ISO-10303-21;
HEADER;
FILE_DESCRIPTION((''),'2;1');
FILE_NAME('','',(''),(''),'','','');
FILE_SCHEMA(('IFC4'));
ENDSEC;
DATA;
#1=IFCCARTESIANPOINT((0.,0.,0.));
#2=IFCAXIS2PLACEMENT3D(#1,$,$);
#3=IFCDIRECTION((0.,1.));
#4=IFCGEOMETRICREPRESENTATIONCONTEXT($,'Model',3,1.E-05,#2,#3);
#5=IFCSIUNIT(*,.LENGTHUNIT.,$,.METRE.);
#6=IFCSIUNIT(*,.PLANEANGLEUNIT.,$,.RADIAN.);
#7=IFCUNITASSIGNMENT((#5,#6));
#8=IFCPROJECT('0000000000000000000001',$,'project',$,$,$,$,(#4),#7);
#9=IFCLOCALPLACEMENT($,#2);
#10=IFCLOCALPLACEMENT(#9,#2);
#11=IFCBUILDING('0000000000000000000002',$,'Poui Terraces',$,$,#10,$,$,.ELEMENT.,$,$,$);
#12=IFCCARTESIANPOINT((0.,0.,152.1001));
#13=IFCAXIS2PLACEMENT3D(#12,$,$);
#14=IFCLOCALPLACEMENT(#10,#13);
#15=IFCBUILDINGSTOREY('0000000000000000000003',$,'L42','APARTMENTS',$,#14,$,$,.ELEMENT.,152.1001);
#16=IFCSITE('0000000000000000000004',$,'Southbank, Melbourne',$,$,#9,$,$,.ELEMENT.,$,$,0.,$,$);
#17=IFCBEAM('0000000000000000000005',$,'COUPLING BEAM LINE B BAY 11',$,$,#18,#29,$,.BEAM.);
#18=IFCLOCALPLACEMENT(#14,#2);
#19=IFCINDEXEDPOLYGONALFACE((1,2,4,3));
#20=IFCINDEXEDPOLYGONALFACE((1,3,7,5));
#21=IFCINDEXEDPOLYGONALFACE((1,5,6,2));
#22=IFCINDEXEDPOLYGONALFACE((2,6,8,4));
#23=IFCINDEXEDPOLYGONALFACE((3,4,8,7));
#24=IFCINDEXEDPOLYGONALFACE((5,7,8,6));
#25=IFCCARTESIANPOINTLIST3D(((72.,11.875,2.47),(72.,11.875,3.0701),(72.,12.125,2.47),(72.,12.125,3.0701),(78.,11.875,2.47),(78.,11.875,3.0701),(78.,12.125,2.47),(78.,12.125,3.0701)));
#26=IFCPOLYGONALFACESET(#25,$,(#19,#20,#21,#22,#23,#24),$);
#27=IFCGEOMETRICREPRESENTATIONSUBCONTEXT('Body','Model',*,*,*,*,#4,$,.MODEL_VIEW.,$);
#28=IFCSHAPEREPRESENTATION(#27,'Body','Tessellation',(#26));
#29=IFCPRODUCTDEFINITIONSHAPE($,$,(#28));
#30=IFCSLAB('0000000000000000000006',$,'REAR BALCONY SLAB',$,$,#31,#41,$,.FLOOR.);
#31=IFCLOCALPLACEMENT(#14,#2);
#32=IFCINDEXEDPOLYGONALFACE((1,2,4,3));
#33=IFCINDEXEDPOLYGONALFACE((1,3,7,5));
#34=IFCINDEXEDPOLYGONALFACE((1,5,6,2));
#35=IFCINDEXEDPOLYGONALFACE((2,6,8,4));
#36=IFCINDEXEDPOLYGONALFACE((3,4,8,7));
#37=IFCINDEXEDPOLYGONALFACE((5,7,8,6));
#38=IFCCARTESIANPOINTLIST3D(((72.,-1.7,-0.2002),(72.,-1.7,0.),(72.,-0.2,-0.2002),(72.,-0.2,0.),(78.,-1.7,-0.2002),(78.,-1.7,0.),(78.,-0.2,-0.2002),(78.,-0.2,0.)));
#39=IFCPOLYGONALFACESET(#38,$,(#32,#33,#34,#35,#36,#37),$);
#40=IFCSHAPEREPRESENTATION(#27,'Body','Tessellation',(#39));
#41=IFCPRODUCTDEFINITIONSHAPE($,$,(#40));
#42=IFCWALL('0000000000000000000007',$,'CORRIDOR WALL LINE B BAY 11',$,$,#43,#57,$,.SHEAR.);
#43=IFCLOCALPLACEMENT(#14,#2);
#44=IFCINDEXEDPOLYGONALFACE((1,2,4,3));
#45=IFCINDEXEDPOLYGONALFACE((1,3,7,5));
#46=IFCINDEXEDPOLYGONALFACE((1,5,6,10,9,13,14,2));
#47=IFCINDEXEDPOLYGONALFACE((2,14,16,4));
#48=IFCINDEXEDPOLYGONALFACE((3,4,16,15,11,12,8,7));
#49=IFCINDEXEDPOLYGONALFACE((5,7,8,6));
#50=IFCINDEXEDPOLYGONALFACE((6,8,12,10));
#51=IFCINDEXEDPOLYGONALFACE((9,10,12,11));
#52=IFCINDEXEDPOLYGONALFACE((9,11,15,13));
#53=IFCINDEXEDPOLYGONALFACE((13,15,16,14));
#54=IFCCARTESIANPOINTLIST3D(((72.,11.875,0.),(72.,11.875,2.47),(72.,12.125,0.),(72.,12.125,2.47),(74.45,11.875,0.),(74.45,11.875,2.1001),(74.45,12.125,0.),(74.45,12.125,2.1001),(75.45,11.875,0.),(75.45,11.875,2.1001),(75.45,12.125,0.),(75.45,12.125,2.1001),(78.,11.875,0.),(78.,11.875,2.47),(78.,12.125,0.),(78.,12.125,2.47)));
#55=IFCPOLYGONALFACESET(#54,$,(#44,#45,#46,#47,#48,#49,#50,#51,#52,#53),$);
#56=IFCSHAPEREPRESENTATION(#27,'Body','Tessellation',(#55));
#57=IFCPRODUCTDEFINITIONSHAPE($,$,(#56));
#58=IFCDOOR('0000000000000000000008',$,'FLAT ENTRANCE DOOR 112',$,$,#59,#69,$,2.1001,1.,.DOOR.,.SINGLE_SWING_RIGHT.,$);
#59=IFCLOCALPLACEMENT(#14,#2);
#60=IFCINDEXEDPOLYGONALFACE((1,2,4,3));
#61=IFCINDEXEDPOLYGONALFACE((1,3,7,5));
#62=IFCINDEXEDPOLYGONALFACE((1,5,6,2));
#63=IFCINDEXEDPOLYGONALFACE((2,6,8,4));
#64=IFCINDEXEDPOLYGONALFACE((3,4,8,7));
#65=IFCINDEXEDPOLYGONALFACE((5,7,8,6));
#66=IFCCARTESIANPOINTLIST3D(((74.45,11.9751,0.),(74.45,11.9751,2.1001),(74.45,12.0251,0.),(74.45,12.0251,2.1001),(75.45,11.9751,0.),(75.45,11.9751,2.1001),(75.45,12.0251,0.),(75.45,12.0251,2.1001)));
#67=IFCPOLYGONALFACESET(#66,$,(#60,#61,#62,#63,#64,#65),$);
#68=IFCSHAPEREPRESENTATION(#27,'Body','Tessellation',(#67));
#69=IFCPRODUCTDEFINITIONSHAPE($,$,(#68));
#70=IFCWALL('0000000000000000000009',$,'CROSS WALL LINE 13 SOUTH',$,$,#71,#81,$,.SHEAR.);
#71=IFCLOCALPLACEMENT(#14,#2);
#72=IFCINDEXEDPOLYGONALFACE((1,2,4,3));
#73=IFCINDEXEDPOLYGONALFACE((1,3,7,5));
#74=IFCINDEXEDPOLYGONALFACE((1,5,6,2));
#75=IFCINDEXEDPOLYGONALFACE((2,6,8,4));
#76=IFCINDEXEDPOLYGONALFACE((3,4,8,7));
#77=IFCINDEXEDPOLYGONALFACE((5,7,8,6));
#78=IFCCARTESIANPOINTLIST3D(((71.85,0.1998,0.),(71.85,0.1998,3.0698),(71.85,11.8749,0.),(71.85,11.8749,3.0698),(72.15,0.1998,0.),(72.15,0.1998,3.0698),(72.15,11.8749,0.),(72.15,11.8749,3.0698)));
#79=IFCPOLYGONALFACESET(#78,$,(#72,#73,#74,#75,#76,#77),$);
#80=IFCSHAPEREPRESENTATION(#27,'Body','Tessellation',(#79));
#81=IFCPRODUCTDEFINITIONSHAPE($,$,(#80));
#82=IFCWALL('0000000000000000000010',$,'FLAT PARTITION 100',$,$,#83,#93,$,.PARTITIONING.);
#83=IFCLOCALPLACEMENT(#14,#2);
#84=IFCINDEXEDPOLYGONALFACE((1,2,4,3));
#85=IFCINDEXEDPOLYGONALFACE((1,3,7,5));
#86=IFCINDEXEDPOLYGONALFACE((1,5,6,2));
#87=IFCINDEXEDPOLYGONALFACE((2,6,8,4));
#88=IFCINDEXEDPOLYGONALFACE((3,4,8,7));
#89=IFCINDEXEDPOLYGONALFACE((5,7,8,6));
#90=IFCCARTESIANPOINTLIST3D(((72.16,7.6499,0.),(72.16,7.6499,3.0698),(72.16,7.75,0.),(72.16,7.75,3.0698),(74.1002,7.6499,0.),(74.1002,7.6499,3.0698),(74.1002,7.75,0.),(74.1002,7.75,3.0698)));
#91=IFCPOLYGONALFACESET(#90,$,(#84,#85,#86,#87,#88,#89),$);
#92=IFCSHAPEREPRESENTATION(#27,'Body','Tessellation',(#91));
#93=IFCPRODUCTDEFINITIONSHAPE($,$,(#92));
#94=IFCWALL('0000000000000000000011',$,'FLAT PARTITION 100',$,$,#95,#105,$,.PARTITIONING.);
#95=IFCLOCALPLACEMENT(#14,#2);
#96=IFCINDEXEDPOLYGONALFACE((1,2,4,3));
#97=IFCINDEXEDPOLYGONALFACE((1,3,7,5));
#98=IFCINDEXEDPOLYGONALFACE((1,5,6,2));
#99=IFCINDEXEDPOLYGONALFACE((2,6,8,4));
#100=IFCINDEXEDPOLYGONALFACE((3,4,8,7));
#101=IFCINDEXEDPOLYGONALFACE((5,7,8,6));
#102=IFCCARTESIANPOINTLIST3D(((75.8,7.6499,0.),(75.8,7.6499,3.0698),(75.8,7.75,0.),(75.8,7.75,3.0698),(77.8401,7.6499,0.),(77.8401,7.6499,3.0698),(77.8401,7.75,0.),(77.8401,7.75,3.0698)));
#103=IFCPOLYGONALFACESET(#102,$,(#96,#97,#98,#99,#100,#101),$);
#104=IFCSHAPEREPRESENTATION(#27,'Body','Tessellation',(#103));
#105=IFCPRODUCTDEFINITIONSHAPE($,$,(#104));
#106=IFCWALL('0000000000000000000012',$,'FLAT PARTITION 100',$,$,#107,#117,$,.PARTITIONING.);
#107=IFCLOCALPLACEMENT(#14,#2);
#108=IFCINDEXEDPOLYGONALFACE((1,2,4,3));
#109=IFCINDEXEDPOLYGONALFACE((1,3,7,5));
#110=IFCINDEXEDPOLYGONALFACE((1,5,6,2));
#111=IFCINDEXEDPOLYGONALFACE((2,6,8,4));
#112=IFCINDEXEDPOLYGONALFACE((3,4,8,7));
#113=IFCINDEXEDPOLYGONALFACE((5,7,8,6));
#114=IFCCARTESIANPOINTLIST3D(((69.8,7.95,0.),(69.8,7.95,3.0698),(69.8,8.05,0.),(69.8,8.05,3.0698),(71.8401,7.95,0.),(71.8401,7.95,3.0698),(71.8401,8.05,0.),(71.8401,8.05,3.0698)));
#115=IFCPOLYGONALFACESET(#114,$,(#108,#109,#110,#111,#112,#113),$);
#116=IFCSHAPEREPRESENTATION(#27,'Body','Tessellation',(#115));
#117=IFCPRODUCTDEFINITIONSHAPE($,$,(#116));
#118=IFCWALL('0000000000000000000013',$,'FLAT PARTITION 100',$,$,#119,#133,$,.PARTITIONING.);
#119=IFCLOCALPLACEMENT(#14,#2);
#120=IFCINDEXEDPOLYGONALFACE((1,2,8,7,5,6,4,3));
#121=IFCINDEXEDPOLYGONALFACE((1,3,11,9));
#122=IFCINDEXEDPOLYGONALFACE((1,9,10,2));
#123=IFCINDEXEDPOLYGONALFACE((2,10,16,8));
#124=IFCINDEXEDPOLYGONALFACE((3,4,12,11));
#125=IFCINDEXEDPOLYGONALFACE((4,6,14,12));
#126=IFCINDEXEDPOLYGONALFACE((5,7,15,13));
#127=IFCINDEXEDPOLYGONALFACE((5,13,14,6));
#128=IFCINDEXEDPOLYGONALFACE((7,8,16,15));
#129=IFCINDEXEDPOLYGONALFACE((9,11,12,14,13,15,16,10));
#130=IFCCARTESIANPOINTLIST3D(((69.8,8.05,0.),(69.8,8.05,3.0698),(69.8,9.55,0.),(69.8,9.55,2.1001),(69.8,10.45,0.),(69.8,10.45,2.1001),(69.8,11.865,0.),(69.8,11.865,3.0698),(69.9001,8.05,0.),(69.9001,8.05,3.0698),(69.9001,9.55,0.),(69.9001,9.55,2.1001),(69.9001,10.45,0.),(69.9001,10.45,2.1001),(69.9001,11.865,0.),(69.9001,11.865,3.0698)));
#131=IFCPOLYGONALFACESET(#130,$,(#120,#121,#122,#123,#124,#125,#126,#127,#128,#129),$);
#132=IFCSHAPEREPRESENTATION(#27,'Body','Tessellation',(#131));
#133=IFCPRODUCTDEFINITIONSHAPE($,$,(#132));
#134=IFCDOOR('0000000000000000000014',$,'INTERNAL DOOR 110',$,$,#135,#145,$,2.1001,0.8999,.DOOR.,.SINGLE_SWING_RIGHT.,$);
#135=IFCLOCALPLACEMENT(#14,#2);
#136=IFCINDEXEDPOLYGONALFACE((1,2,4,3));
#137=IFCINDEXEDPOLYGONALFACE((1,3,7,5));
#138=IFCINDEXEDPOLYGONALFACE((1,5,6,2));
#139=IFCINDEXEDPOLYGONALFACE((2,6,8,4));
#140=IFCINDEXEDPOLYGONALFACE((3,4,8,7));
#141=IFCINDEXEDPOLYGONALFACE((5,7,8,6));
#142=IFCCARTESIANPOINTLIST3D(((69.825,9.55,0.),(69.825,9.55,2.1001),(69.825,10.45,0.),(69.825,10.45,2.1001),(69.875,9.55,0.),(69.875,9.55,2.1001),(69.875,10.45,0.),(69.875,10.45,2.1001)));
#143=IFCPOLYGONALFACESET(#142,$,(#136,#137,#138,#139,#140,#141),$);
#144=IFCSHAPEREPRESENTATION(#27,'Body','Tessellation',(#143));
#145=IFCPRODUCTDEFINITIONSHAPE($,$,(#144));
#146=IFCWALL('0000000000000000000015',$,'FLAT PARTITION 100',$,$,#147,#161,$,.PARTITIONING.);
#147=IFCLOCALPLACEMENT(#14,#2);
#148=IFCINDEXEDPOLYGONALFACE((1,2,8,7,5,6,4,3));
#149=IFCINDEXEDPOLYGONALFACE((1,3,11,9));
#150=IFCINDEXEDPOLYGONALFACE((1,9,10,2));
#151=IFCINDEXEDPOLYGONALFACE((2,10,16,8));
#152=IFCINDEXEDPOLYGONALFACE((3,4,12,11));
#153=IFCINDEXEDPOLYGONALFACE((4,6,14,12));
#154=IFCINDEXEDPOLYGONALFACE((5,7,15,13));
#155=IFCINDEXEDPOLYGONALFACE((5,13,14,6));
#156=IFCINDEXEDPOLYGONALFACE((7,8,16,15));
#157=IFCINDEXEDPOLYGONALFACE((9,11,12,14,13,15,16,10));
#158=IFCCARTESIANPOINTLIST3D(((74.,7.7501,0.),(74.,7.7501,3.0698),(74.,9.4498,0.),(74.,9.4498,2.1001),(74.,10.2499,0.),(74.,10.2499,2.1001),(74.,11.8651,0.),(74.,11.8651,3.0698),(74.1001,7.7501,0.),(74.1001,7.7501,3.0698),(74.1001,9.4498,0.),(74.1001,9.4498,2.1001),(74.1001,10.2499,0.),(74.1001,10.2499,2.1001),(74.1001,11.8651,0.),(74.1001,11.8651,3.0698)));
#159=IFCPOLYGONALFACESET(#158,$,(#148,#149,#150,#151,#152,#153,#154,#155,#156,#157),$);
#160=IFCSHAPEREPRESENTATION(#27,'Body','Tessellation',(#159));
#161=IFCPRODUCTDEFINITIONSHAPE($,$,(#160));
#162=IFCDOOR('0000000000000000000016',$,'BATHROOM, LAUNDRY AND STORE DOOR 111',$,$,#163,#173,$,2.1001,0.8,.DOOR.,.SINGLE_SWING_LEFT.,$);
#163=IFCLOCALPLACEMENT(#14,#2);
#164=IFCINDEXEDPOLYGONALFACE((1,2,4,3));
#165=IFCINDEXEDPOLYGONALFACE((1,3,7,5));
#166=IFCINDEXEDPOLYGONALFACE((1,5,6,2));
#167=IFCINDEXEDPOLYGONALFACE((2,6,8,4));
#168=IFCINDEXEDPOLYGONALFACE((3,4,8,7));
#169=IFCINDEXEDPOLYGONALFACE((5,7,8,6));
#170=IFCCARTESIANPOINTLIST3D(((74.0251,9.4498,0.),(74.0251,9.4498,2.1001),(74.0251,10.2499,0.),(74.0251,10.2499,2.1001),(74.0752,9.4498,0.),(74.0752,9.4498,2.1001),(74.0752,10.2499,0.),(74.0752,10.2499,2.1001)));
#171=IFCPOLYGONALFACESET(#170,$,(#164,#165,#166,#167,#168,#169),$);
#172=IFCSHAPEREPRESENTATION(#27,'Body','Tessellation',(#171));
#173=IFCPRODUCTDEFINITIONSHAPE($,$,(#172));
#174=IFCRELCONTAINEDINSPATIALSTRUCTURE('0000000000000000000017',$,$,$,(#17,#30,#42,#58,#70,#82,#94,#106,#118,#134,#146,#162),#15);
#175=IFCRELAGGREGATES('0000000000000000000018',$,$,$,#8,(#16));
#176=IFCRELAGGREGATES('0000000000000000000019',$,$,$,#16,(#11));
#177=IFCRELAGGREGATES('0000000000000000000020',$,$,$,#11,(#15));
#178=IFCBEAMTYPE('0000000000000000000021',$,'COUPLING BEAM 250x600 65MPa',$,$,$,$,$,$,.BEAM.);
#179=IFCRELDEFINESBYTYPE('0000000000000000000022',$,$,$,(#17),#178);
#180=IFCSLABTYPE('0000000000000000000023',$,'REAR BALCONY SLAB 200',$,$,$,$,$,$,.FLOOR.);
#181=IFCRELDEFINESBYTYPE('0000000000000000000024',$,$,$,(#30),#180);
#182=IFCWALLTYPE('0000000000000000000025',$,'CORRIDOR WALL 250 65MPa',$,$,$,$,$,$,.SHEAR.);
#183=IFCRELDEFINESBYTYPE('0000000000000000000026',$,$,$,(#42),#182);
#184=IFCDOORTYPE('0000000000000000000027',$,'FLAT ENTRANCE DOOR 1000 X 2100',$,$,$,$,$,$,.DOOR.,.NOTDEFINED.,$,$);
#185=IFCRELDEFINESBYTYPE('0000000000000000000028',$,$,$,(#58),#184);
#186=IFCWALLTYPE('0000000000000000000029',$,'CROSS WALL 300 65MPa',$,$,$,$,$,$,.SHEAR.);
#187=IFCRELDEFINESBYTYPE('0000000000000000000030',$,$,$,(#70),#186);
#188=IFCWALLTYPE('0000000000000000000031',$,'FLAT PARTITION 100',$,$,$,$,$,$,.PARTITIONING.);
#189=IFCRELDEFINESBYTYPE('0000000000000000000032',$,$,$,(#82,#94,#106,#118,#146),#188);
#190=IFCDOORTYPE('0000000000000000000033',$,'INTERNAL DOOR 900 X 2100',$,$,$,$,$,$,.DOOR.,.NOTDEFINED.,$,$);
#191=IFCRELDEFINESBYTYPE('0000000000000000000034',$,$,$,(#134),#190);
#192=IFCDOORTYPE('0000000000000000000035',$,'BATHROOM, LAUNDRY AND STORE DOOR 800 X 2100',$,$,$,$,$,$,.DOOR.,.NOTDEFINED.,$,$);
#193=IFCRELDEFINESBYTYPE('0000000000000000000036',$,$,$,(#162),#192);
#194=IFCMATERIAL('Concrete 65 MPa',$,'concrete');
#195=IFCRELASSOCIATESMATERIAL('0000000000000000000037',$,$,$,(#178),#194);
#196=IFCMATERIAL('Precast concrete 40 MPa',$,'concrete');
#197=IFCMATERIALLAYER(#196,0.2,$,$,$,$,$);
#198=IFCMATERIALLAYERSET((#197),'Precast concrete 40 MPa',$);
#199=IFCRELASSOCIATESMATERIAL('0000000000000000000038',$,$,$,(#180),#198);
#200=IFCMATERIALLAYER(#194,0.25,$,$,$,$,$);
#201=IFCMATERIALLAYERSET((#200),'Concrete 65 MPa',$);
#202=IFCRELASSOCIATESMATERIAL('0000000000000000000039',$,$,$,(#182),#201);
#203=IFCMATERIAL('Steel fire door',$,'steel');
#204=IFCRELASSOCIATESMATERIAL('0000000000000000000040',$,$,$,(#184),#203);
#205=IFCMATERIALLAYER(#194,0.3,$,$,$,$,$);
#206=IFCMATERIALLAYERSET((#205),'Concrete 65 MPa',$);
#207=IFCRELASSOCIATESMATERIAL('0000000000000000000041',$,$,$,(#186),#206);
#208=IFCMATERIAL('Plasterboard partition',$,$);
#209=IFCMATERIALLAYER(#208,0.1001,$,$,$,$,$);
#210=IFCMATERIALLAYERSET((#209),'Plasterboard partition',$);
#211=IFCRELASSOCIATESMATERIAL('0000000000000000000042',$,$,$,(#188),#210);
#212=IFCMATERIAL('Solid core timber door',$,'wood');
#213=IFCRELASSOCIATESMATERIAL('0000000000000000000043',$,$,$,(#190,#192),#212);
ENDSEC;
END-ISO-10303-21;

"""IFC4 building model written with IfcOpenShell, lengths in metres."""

from ifc_helpers import new_model, si_unit, direction, frame, frame_2d, origin, origin_2d, place, context, subcontext, project, spatial, polyline, rectangle, outline, extrude, source, transform, mapped, material, layer, layer_set, material_profile, profile_set, type_object, element, fill, save


model = new_model("IFC4")

# Units and contexts
model_context = context("Model", 3, precision=1e-05, world=origin(), true_north=direction((0.0, 1.0)))
body_context = subcontext(model_context, "Body", "Model", "MODEL_VIEW")
ifc_project = project(units=[si_unit("LENGTHUNIT", "METRE"), si_unit("PLANEANGLEUNIT", "RADIAN")], contexts=[model_context])

# Site, building, storey
site_placement = place(None, origin())
site = spatial("IfcSite", under=ifc_project, at=site_placement, Name="Southbank, Melbourne", CompositionType="ELEMENT", RefElevation=0.0)
building_placement = place(site_placement, origin())
building = spatial("IfcBuilding", under=site, at=building_placement, Name="Poui Terraces", CompositionType="ELEMENT")
storey_placement = place(building_placement, frame((0.0, 0.0, 152.1001)))
storey = spatial("IfcBuildingStorey", under=building, at=storey_placement, Name="L42", Description="APARTMENTS", CompositionType="ELEMENT", Elevation=152.1001)

# Beam
ifc_material_1 = material(Name="Concrete 65 MPa", Category="concrete")
ifc_material_profile_1 = material_profile(ifc_material_1, rectangle(XDim=0.25, YDim=0.6001, at=origin_2d()), Name="RC 250x600")
ifc_profile_set_1 = profile_set([ifc_material_profile_1], Name="Concrete 65 MPa")
beam_type = type_object("IfcBeamType", Name="COUPLING BEAM 250x600 65MPa", PredefinedType="BEAM", material=ifc_profile_set_1)
shared_shape_1 = source(origin(), body_context, "Body", "SweptSolid", [
    extrude(rectangle(XDim=0.25, YDim=0.6001, at=origin_2d()), origin(), (0.0, 0.0, 1.0), 6.0),
])
beam_placement = place(storey_placement, frame((72.0, 12.0, 2.77), z_axis=(1.0, 0.0, 0.0), x_axis=(0.0, 1.0, 0.0)))
element("IfcBeam", 1, at=beam_placement, inside=storey, type_object=beam_type, Name="COUPLING BEAM LINE B BAY 11", PredefinedType="BEAM", context=body_context, shape_type="MappedRepresentation", body=[
    mapped(shared_shape_1, transform((0.0, 0.0, 0.0))),
])

# Slab
ifc_material_2 = material(Name="Precast concrete 40 MPa", Category="concrete")
ifc_layer_1 = layer(ifc_material_2, 0.2)
ifc_layer_set_1 = layer_set([ifc_layer_1], Name="Precast concrete 40 MPa")
slab_type = type_object("IfcSlabType", Name="REAR BALCONY SLAB 200", PredefinedType="FLOOR", material=ifc_layer_set_1)
shared_shape_2 = source(origin(), body_context, "Body", "SweptSolid", [
    extrude(outline(polyline([(0.0, 0.0), (6.0, 0.0), (6.0, 1.5), (0.0, 1.5), (0.0, 0.0)])), origin(), (0.0, 0.0, 1.0), 0.2002),
])
slab_placement = place(storey_placement, frame((72.0, -1.7, -0.2002)))
element("IfcSlab", 2, at=slab_placement, inside=storey, type_object=slab_type, Name="REAR BALCONY SLAB", PredefinedType="FLOOR", context=body_context, shape_type="MappedRepresentation", body=[
    mapped(shared_shape_2, transform((0.0, 0.0, 0.0))),
])

# Wall, opening, door
ifc_layer_2 = layer(ifc_material_1, 0.25)
ifc_layer_set_2 = layer_set([ifc_layer_2], Name="Concrete 65 MPa")
wall_type_1 = type_object("IfcWallType", Name="CORRIDOR WALL 250 65MPa", PredefinedType="SHEAR", material=ifc_layer_set_2)
wall_1_placement = place(storey_placement, frame((72.0, 12.0, 0.0), z_axis=(0.0, 0.0, 1.0), x_axis=(1.0, 0.0, 0.0)))
wall_1 = element("IfcWall", 3, at=wall_1_placement, inside=storey, type_object=wall_type_1, Name="CORRIDOR WALL LINE B BAY 11", PredefinedType="SHEAR", context=body_context, shape_type="SweptSolid", body=[
    extrude(rectangle(XDim=6.0, YDim=0.25, at=frame_2d((3.0, 0.0))), origin(), (0.0, 0.0, 1.0), 2.47),
])
opening_1_placement = place(wall_1_placement, frame((2.45, 0.0, 0.0)))
opening_1 = element("IfcOpeningElement", 4, at=opening_1_placement, cuts=wall_1, PredefinedType="OPENING", context=body_context, shape_type="SweptSolid", body=[
    extrude(rectangle(XDim=1.0, YDim=2.1001, at=frame_2d((0.5, 1.05))), frame((0.0, 0.135, 0.0), z_axis=(0.0, -1.0, 0.0), x_axis=(1.0, 0.0, 0.0)), (0.0, 0.0, 1.0), 0.27),
])
ifc_material_3 = material(Name="Steel fire door", Category="steel")
door_type_1 = type_object("IfcDoorType", Name="FLAT ENTRANCE DOOR 1000 X 2100", OperationType="NOTDEFINED", PredefinedType="DOOR", material=ifc_material_3)
door_1_placement = place(opening_1_placement, frame((1.0, 0.0, 0.0), z_axis=(0.0, 0.0, 1.0), x_axis=(-1.0, 0.0, 0.0)))
door_1 = element("IfcDoor", 5, at=door_1_placement, inside=storey, type_object=door_type_1, Name="FLAT ENTRANCE DOOR 112", OperationType="SINGLE_SWING_RIGHT", OverallHeight=2.1001, OverallWidth=1.0, PredefinedType="DOOR", context=body_context, shape_type="SweptSolid", body=[
    extrude(rectangle(XDim=1.0, YDim=2.1001, at=frame_2d((0.5, 1.05))), frame((0.0, 0.0249, 0.0), z_axis=(0.0, -1.0, 0.0), x_axis=(1.0, 0.0, 0.0)), (0.0, 0.0, 1.0), 0.05),
])
fill(opening_1, door_1)

# Walls
ifc_layer_3 = layer(ifc_material_1, 0.3)
ifc_layer_set_3 = layer_set([ifc_layer_3], Name="Concrete 65 MPa")
wall_type_2 = type_object("IfcWallType", Name="CROSS WALL 300 65MPa", PredefinedType="SHEAR", material=ifc_layer_set_3)
wall_2_placement = place(storey_placement, frame((72.0, 0.2, 0.0), z_axis=(0.0, 0.0, 1.0), x_axis=(0.0, 1.0, 0.0)))
element("IfcWall", 6, at=wall_2_placement, inside=storey, type_object=wall_type_2, Name="CROSS WALL LINE 13 SOUTH", PredefinedType="SHEAR", context=body_context, shape_type="SweptSolid", body=[
    extrude(rectangle(XDim=11.675, YDim=0.3, at=frame_2d((5.8374, 0.0))), origin(), (0.0, 0.0, 1.0), 3.0698),
])
ifc_material_4 = material(Name="Plasterboard partition")
ifc_layer_4 = layer(ifc_material_4, 0.1001)
ifc_layer_set_4 = layer_set([ifc_layer_4], Name="Plasterboard partition")
wall_type_3 = type_object("IfcWallType", Name="FLAT PARTITION 100", PredefinedType="PARTITIONING", material=ifc_layer_set_4)
wall_3_placement = place(storey_placement, frame((72.1599, 7.7, 0.0), z_axis=(0.0, 0.0, 1.0), x_axis=(1.0, 0.0, 0.0)))
element("IfcWall", 7, at=wall_3_placement, inside=storey, type_object=wall_type_3, Name="FLAT PARTITION 100", PredefinedType="PARTITIONING", context=body_context, shape_type="SweptSolid", body=[
    extrude(rectangle(XDim=1.9402, YDim=0.1001, at=frame_2d((0.9702, 0.0))), origin(), (0.0, 0.0, 1.0), 3.0698),
])
for number, where, z_axis, x_axis, name in (
    (8, (75.8, 7.7, 0.0), (0.0, 0.0, 1.0), (1.0, 0.0, 0.0), "FLAT PARTITION 100"),
    (9, (69.8, 8.0, 0.0), (0.0, 0.0, 1.0), (1.0, 0.0, 0.0), "FLAT PARTITION 100"),
):
    element("IfcWall", number, at=place(storey_placement, frame(where, z_axis=z_axis, x_axis=x_axis)), inside=storey, type_object=wall_type_3, Name=name, PredefinedType="PARTITIONING", context=body_context, shape_type="SweptSolid", body=[
        extrude(rectangle(XDim=2.04, YDim=0.1001, at=frame_2d((1.02, 0.0))), origin(), (0.0, 0.0, 1.0), 3.0698),
    ])

# Walls, openings, doors
wall_4_placement = place(storey_placement, frame((69.8501, 8.05, 0.0), z_axis=(0.0, 0.0, 1.0), x_axis=(0.0, 1.0, 0.0)))
wall_4 = element("IfcWall", 10, at=wall_4_placement, inside=storey, type_object=wall_type_3, Name="FLAT PARTITION 100", PredefinedType="PARTITIONING", context=body_context, shape_type="SweptSolid", body=[
    extrude(rectangle(XDim=3.8149, YDim=0.1001, at=frame_2d((1.9075, 0.0))), origin(), (0.0, 0.0, 1.0), 3.0698),
])
opening_2_placement = place(wall_4_placement, frame((1.5, 0.0, 0.0)))
opening_2 = element("IfcOpeningElement", 11, at=opening_2_placement, cuts=wall_4, PredefinedType="OPENING", context=body_context, shape_type="SweptSolid", body=[
    extrude(rectangle(XDim=0.8999, YDim=2.1001, at=frame_2d((0.45, 1.05))), frame((0.0, 0.0601, 0.0), z_axis=(0.0, -1.0, 0.0), x_axis=(1.0, 0.0, 0.0)), (0.0, 0.0, 1.0), 0.1201),
])
ifc_material_5 = material(Name="Solid core timber door", Category="wood")
door_type_2 = type_object("IfcDoorType", Name="INTERNAL DOOR 900 X 2100", OperationType="NOTDEFINED", PredefinedType="DOOR", material=ifc_material_5)
door_2_placement = place(opening_2_placement, frame((0.8999, 0.0, 0.0), z_axis=(0.0, 0.0, 1.0), x_axis=(-1.0, 0.0, 0.0)))
door_2 = element("IfcDoor", 12, at=door_2_placement, inside=storey, type_object=door_type_2, Name="INTERNAL DOOR 110", OperationType="SINGLE_SWING_RIGHT", OverallHeight=2.1001, OverallWidth=0.8999, PredefinedType="DOOR", context=body_context, shape_type="SweptSolid", body=[
    extrude(rectangle(XDim=0.8999, YDim=2.1001, at=frame_2d((0.45, 1.05))), frame((0.0, 0.0249, 0.0), z_axis=(0.0, -1.0, 0.0), x_axis=(1.0, 0.0, 0.0)), (0.0, 0.0, 1.0), 0.05),
])
fill(opening_2, door_2)
wall_5_placement = place(storey_placement, frame((74.05, 7.75, 0.0), z_axis=(0.0, 0.0, 1.0), x_axis=(0.0, 1.0, 0.0)))
wall_5 = element("IfcWall", 13, at=wall_5_placement, inside=storey, type_object=wall_type_3, Name="FLAT PARTITION 100", PredefinedType="PARTITIONING", context=body_context, shape_type="SweptSolid", body=[
    extrude(rectangle(XDim=4.115, YDim=0.1001, at=frame_2d((2.0576, 0.0))), origin(), (0.0, 0.0, 1.0), 3.0698),
])
opening_3_placement = place(wall_5_placement, frame((1.7, 0.0, 0.0)))
opening_3 = element("IfcOpeningElement", 14, at=opening_3_placement, cuts=wall_5, PredefinedType="OPENING", context=body_context, shape_type="SweptSolid", body=[
    extrude(rectangle(XDim=0.8, YDim=2.1001, at=frame_2d((0.3999, 1.05))), frame((0.0, 0.0601, 0.0), z_axis=(0.0, -1.0, 0.0), x_axis=(1.0, 0.0, 0.0)), (0.0, 0.0, 1.0), 0.1201),
])
door_type_3 = type_object("IfcDoorType", Name="BATHROOM, LAUNDRY AND STORE DOOR 800 X 2100", OperationType="NOTDEFINED", PredefinedType="DOOR", material=ifc_material_5)
door_3_placement = place(opening_3_placement, origin())
door_3 = element("IfcDoor", 15, at=door_3_placement, inside=storey, type_object=door_type_3, Name="BATHROOM, LAUNDRY AND STORE DOOR 111", OperationType="SINGLE_SWING_LEFT", OverallHeight=2.1001, OverallWidth=0.8, PredefinedType="DOOR", context=body_context, shape_type="SweptSolid", body=[
    extrude(rectangle(XDim=0.8, YDim=2.1001, at=frame_2d((0.3999, 1.05))), frame((0.0, 0.0249, 0.0), z_axis=(0.0, -1.0, 0.0), x_axis=(1.0, 0.0, 0.0)), (0.0, 0.0, 1.0), 0.05),
])
fill(opening_3, door_3)

save(model, "model.ifc")
